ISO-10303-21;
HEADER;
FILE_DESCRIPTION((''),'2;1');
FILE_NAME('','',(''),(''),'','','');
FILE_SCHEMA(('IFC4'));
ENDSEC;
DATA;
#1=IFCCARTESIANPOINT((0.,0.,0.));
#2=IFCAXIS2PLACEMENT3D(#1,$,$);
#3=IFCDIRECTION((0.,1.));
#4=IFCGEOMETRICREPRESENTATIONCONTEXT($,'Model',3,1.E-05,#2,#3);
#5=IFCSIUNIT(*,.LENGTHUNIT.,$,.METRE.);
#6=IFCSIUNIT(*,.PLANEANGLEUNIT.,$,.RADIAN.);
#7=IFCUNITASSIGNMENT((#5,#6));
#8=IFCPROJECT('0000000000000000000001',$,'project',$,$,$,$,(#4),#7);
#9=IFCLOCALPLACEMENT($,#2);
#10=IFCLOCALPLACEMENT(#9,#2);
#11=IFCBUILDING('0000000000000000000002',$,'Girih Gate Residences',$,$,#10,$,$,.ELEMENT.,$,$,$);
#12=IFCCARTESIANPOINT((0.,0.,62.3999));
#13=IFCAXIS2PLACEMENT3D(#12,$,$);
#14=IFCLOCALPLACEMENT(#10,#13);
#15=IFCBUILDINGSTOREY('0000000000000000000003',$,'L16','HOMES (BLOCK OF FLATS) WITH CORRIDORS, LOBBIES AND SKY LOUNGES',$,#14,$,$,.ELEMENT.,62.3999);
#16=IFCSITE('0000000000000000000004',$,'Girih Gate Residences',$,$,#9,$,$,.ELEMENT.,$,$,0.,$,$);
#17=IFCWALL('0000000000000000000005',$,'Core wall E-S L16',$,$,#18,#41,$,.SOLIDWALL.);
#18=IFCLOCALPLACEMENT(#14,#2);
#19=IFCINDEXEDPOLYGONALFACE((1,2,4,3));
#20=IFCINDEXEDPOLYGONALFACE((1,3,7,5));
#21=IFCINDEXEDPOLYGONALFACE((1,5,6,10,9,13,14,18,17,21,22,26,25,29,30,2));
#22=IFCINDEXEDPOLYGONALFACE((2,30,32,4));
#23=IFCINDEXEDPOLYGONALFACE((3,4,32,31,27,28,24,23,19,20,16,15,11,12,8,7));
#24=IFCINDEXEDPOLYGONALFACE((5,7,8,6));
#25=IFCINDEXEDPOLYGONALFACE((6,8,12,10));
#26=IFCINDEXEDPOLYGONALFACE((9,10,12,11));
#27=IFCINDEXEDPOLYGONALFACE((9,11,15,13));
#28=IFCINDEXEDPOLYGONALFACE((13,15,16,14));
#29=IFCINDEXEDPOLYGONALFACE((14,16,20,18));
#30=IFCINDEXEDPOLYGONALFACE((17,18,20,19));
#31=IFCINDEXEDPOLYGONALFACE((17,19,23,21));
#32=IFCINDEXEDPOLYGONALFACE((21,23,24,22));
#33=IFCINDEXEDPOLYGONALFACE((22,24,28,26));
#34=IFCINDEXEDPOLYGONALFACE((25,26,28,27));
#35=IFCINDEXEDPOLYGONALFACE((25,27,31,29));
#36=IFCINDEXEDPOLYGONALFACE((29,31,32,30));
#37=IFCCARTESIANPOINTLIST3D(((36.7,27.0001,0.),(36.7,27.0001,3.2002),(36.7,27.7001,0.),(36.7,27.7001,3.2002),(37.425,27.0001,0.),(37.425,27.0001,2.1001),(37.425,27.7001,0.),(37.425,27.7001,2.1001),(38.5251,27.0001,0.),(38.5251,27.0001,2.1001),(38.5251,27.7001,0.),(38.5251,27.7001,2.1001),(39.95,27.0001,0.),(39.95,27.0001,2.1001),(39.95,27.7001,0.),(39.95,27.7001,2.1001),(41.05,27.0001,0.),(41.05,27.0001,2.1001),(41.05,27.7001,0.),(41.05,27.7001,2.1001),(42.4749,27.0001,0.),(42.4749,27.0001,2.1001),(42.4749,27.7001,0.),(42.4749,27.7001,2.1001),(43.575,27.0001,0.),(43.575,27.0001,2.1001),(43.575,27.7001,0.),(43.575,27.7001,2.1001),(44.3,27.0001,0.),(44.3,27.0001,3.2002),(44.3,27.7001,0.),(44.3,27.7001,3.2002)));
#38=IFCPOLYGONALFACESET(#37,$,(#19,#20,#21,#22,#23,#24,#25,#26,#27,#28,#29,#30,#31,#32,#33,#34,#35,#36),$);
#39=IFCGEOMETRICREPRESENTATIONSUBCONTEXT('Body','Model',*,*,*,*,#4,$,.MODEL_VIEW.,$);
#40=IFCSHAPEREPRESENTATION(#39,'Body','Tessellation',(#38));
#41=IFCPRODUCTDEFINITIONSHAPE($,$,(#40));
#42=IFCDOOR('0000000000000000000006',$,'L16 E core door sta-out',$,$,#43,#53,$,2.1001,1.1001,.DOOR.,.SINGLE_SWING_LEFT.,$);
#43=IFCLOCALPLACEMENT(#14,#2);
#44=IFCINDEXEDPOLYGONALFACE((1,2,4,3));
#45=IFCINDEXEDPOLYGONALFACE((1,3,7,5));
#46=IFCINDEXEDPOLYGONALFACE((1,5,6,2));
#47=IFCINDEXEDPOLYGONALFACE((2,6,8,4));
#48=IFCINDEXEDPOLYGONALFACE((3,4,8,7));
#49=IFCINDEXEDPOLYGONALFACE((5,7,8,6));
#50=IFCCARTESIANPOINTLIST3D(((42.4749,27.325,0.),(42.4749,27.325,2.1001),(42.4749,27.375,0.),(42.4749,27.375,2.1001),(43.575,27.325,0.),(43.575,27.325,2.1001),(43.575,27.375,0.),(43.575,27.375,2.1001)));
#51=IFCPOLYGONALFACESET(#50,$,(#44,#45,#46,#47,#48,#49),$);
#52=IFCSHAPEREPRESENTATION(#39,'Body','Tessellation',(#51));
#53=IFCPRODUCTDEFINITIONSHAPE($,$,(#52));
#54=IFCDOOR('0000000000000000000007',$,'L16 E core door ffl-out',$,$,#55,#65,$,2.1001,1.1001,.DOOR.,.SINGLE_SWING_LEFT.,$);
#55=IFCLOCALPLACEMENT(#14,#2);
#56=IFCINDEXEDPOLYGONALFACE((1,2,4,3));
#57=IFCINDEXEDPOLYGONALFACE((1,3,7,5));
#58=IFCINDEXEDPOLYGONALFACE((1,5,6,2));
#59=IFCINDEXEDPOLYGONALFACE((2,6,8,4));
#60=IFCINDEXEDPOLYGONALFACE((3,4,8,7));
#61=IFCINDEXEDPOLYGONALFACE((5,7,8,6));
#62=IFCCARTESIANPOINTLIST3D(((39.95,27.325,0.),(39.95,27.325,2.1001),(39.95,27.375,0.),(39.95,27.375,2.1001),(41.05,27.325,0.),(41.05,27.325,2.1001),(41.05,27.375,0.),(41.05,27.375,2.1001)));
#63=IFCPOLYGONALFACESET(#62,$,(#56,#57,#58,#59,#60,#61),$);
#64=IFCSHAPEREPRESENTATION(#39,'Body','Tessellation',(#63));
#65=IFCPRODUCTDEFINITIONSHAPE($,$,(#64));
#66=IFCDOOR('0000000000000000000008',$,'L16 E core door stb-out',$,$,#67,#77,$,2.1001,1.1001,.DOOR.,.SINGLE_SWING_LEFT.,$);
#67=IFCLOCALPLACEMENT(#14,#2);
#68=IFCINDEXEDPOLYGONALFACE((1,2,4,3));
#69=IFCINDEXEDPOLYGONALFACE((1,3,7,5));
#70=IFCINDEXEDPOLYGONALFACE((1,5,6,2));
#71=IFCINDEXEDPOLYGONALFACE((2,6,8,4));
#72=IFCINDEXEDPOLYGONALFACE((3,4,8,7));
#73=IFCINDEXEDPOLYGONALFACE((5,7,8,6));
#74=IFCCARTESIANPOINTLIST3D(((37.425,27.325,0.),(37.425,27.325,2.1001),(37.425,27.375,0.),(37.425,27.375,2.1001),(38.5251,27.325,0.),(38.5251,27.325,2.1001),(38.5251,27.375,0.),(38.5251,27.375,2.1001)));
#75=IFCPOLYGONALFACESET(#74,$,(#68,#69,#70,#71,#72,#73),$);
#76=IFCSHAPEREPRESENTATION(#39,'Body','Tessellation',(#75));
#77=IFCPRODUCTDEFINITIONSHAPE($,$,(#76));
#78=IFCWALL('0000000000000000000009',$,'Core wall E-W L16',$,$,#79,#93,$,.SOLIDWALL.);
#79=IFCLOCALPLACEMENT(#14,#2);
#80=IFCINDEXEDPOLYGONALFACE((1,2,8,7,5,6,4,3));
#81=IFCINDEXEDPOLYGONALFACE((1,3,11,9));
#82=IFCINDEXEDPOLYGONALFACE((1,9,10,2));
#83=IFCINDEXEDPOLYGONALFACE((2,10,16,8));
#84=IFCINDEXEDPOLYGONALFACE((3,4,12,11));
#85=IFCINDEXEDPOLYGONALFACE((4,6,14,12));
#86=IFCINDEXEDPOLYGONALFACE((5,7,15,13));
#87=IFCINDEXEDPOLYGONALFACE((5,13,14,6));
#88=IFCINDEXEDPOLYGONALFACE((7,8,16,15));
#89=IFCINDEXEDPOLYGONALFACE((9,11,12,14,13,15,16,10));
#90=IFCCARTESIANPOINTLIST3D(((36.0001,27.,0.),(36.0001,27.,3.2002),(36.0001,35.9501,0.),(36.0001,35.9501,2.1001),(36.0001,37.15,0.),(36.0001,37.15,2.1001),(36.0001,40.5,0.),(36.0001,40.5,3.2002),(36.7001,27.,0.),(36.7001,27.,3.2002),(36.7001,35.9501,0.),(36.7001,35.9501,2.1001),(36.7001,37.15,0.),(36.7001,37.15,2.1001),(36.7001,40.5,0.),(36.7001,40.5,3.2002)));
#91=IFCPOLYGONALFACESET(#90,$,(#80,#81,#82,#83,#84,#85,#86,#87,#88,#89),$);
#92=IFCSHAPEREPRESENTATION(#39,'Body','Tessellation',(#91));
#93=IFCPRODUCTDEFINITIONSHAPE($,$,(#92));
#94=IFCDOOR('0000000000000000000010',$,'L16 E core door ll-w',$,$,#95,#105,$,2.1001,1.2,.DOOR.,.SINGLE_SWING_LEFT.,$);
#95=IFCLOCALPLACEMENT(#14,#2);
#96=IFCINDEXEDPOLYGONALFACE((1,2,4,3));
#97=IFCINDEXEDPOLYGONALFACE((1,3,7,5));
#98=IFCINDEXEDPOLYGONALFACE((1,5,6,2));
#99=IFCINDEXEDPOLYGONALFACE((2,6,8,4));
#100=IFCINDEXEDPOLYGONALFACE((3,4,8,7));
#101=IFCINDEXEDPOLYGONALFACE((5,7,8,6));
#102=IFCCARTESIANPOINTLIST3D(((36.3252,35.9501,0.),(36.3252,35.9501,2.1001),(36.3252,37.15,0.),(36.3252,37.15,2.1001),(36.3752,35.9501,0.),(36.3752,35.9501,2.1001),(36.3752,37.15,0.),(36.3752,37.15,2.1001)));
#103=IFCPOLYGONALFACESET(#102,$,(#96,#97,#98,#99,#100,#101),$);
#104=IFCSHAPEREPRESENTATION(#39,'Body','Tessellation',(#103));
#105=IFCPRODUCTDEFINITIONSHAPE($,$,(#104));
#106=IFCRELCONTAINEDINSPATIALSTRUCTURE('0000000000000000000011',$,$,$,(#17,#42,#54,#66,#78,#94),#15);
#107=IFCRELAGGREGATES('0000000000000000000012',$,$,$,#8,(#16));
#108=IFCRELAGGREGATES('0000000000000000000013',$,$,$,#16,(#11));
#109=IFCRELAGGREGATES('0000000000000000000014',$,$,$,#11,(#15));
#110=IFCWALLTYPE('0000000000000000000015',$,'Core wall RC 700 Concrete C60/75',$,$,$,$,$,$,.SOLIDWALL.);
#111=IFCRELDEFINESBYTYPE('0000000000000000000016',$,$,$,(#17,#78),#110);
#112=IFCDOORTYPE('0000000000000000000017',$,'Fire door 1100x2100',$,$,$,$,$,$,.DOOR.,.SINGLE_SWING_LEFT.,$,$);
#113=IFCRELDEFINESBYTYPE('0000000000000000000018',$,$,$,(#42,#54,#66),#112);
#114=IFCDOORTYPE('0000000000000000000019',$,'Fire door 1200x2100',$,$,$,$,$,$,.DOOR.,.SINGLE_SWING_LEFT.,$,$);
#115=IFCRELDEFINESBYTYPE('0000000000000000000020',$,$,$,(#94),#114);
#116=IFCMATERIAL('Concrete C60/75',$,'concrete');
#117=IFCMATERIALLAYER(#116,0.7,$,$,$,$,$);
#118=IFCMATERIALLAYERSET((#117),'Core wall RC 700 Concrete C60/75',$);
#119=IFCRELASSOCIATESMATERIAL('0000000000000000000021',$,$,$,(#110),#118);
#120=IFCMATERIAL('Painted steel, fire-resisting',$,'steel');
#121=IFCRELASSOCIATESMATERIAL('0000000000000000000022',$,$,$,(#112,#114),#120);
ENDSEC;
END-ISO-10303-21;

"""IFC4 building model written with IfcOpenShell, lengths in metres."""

from ifc_helpers import new_model, si_unit, direction, frame, frame_2d, origin, place, context, subcontext, project, spatial, rectangle, extrude, material, layer, layer_set, type_object, element, fill, save


model = new_model("IFC4")

# Units and contexts
model_context = context("Model", 3, precision=1e-05, world=origin(), true_north=direction((0.0, 1.0)))
body_context = subcontext(model_context, "Body", "Model", "MODEL_VIEW")
ifc_project = project(units=[si_unit("LENGTHUNIT", "METRE"), si_unit("PLANEANGLEUNIT", "RADIAN")], contexts=[model_context])

# Site, building, storey
site_placement = place(None, origin())
site = spatial("IfcSite", under=ifc_project, at=site_placement, Name="Girih Gate Residences", CompositionType="ELEMENT", RefElevation=0.0)
building_placement = place(site_placement, origin())
building = spatial("IfcBuilding", under=site, at=building_placement, Name="Girih Gate Residences", CompositionType="ELEMENT")
storey_placement = place(building_placement, frame((0.0, 0.0, 62.3999)))
storey = spatial("IfcBuildingStorey", under=building, at=storey_placement, Name="L16", Description="HOMES (BLOCK OF FLATS) WITH CORRIDORS, LOBBIES AND SKY LOUNGES", CompositionType="ELEMENT", Elevation=62.3999)

# Shared definitions
ifc_material_1 = material(Name="Concrete C60/75", Category="concrete")

# Wall, openings, doors
ifc_layer_1 = layer(ifc_material_1, 0.7)
ifc_layer_set_1 = layer_set([ifc_layer_1], Name="Core wall RC 700 Concrete C60/75")
wall_type_1 = type_object("IfcWallType", Name="Core wall RC 700 Concrete C60/75", PredefinedType="SOLIDWALL", material=ifc_layer_set_1)
wall_1_placement = place(storey_placement, frame((36.7, 27.3501, 0.0), z_axis=(0.0, 0.0, 1.0), x_axis=(1.0, 0.0, 0.0)))
wall_1 = element("IfcWall", 1, at=wall_1_placement, inside=storey, type_object=wall_type_1, Name="Core wall E-S L16", PredefinedType="SOLIDWALL", context=body_context, shape_type="SweptSolid", body=[
    extrude(rectangle(XDim=7.6001, YDim=0.7, at=frame_2d((3.8, 0.0))), origin(), (0.0, 0.0, 1.0), 3.2002),
])
opening_1_placement = place(wall_1_placement, frame((5.7749, 0.0, 0.0)))
opening_1 = element("IfcOpeningElement", 2, at=opening_1_placement, cuts=wall_1, PredefinedType="OPENING", context=body_context, shape_type="SweptSolid", body=[
    extrude(rectangle(XDim=1.1001, YDim=2.1001, at=frame_2d((0.55, 1.05))), frame((0.0, 0.3599, 0.0), z_axis=(0.0, -1.0, 0.0), x_axis=(1.0, 0.0, 0.0)), (0.0, 0.0, 1.0), 0.72),
])
opening_2_placement = place(wall_1_placement, frame((3.25, 0.0, 0.0)))
opening_2 = element("IfcOpeningElement", 3, at=opening_2_placement, cuts=wall_1, PredefinedType="OPENING", context=body_context, shape_type="SweptSolid", body=[
    extrude(rectangle(XDim=1.1001, YDim=2.1001, at=frame_2d((0.55, 1.05))), frame((0.0, 0.3599, 0.0), z_axis=(0.0, -1.0, 0.0), x_axis=(1.0, 0.0, 0.0)), (0.0, 0.0, 1.0), 0.72),
])
opening_3_placement = place(wall_1_placement, frame((0.7251, 0.0, 0.0)))
opening_3 = element("IfcOpeningElement", 4, at=opening_3_placement, cuts=wall_1, PredefinedType="OPENING", context=body_context, shape_type="SweptSolid", body=[
    extrude(rectangle(XDim=1.1001, YDim=2.1001, at=frame_2d((0.55, 1.05))), frame((0.0, 0.3599, 0.0), z_axis=(0.0, -1.0, 0.0), x_axis=(1.0, 0.0, 0.0)), (0.0, 0.0, 1.0), 0.72),
])
ifc_material_2 = material(Name="Painted steel, fire-resisting", Category="steel")
door_type_1 = type_object("IfcDoorType", Name="Fire door 1100x2100", OperationType="SINGLE_SWING_LEFT", PredefinedType="DOOR", material=ifc_material_2)
door_1_placement = place(opening_1_placement, origin())
door_1 = element("IfcDoor", 5, at=door_1_placement, inside=storey, type_object=door_type_1, Name="L16 E core door sta-out", OperationType="SINGLE_SWING_LEFT", OverallHeight=2.1001, OverallWidth=1.1001, PredefinedType="DOOR", context=body_context, shape_type="SweptSolid", body=[
    extrude(rectangle(XDim=1.1001, YDim=2.1001, at=frame_2d((0.55, 1.05))), frame((0.0, 0.0249, 0.0), z_axis=(0.0, -1.0, 0.0), x_axis=(1.0, 0.0, 0.0)), (0.0, 0.0, 1.0), 0.05),
])
fill(opening_1, door_1)
door_2_placement = place(opening_2_placement, origin())
door_2 = element("IfcDoor", 6, at=door_2_placement, inside=storey, type_object=door_type_1, Name="L16 E core door ffl-out", OperationType="SINGLE_SWING_LEFT", OverallHeight=2.1001, OverallWidth=1.1001, PredefinedType="DOOR", context=body_context, shape_type="SweptSolid", body=[
    extrude(rectangle(XDim=1.1001, YDim=2.1001, at=frame_2d((0.55, 1.05))), frame((0.0, 0.0249, 0.0), z_axis=(0.0, -1.0, 0.0), x_axis=(1.0, 0.0, 0.0)), (0.0, 0.0, 1.0), 0.05),
])
fill(opening_2, door_2)
door_3_placement = place(opening_3_placement, origin())
door_3 = element("IfcDoor", 7, at=door_3_placement, inside=storey, type_object=door_type_1, Name="L16 E core door stb-out", OperationType="SINGLE_SWING_LEFT", OverallHeight=2.1001, OverallWidth=1.1001, PredefinedType="DOOR", context=body_context, shape_type="SweptSolid", body=[
    extrude(rectangle(XDim=1.1001, YDim=2.1001, at=frame_2d((0.55, 1.05))), frame((0.0, 0.0249, 0.0), z_axis=(0.0, -1.0, 0.0), x_axis=(1.0, 0.0, 0.0)), (0.0, 0.0, 1.0), 0.05),
])
fill(opening_3, door_3)

# Wall, opening, door
wall_2_placement = place(storey_placement, frame((36.3501, 27.0, 0.0), z_axis=(0.0, 0.0, 1.0), x_axis=(0.0, 1.0, 0.0)))
wall_2 = element("IfcWall", 8, at=wall_2_placement, inside=storey, type_object=wall_type_1, Name="Core wall E-W L16", PredefinedType="SOLIDWALL", context=body_context, shape_type="SweptSolid", body=[
    extrude(rectangle(XDim=13.5, YDim=0.7, at=frame_2d((6.75, 0.0))), origin(), (0.0, 0.0, 1.0), 3.2002),
])
opening_4_placement = place(wall_2_placement, frame((8.95, 0.0, 0.0)))
opening_4 = element("IfcOpeningElement", 9, at=opening_4_placement, cuts=wall_2, PredefinedType="OPENING", context=body_context, shape_type="SweptSolid", body=[
    extrude(rectangle(XDim=1.2, YDim=2.1001, at=frame_2d((0.6001, 1.05))), frame((0.0, 0.3599, 0.0), z_axis=(0.0, -1.0, 0.0), x_axis=(1.0, 0.0, 0.0)), (0.0, 0.0, 1.0), 0.72),
])
door_type_2 = type_object("IfcDoorType", Name="Fire door 1200x2100", OperationType="SINGLE_SWING_LEFT", PredefinedType="DOOR", material=ifc_material_2)
door_4_placement = place(opening_4_placement, origin())
door_4 = element("IfcDoor", 10, at=door_4_placement, inside=storey, type_object=door_type_2, Name="L16 E core door ll-w", OperationType="SINGLE_SWING_LEFT", OverallHeight=2.1001, OverallWidth=1.2, PredefinedType="DOOR", context=body_context, shape_type="SweptSolid", body=[
    extrude(rectangle(XDim=1.2, YDim=2.1001, at=frame_2d((0.6001, 1.05))), frame((0.0, 0.0249, 0.0), z_axis=(0.0, -1.0, 0.0), x_axis=(1.0, 0.0, 0.0)), (0.0, 0.0, 1.0), 0.05),
])
fill(opening_4, door_4)

save(model, "model.ifc")
